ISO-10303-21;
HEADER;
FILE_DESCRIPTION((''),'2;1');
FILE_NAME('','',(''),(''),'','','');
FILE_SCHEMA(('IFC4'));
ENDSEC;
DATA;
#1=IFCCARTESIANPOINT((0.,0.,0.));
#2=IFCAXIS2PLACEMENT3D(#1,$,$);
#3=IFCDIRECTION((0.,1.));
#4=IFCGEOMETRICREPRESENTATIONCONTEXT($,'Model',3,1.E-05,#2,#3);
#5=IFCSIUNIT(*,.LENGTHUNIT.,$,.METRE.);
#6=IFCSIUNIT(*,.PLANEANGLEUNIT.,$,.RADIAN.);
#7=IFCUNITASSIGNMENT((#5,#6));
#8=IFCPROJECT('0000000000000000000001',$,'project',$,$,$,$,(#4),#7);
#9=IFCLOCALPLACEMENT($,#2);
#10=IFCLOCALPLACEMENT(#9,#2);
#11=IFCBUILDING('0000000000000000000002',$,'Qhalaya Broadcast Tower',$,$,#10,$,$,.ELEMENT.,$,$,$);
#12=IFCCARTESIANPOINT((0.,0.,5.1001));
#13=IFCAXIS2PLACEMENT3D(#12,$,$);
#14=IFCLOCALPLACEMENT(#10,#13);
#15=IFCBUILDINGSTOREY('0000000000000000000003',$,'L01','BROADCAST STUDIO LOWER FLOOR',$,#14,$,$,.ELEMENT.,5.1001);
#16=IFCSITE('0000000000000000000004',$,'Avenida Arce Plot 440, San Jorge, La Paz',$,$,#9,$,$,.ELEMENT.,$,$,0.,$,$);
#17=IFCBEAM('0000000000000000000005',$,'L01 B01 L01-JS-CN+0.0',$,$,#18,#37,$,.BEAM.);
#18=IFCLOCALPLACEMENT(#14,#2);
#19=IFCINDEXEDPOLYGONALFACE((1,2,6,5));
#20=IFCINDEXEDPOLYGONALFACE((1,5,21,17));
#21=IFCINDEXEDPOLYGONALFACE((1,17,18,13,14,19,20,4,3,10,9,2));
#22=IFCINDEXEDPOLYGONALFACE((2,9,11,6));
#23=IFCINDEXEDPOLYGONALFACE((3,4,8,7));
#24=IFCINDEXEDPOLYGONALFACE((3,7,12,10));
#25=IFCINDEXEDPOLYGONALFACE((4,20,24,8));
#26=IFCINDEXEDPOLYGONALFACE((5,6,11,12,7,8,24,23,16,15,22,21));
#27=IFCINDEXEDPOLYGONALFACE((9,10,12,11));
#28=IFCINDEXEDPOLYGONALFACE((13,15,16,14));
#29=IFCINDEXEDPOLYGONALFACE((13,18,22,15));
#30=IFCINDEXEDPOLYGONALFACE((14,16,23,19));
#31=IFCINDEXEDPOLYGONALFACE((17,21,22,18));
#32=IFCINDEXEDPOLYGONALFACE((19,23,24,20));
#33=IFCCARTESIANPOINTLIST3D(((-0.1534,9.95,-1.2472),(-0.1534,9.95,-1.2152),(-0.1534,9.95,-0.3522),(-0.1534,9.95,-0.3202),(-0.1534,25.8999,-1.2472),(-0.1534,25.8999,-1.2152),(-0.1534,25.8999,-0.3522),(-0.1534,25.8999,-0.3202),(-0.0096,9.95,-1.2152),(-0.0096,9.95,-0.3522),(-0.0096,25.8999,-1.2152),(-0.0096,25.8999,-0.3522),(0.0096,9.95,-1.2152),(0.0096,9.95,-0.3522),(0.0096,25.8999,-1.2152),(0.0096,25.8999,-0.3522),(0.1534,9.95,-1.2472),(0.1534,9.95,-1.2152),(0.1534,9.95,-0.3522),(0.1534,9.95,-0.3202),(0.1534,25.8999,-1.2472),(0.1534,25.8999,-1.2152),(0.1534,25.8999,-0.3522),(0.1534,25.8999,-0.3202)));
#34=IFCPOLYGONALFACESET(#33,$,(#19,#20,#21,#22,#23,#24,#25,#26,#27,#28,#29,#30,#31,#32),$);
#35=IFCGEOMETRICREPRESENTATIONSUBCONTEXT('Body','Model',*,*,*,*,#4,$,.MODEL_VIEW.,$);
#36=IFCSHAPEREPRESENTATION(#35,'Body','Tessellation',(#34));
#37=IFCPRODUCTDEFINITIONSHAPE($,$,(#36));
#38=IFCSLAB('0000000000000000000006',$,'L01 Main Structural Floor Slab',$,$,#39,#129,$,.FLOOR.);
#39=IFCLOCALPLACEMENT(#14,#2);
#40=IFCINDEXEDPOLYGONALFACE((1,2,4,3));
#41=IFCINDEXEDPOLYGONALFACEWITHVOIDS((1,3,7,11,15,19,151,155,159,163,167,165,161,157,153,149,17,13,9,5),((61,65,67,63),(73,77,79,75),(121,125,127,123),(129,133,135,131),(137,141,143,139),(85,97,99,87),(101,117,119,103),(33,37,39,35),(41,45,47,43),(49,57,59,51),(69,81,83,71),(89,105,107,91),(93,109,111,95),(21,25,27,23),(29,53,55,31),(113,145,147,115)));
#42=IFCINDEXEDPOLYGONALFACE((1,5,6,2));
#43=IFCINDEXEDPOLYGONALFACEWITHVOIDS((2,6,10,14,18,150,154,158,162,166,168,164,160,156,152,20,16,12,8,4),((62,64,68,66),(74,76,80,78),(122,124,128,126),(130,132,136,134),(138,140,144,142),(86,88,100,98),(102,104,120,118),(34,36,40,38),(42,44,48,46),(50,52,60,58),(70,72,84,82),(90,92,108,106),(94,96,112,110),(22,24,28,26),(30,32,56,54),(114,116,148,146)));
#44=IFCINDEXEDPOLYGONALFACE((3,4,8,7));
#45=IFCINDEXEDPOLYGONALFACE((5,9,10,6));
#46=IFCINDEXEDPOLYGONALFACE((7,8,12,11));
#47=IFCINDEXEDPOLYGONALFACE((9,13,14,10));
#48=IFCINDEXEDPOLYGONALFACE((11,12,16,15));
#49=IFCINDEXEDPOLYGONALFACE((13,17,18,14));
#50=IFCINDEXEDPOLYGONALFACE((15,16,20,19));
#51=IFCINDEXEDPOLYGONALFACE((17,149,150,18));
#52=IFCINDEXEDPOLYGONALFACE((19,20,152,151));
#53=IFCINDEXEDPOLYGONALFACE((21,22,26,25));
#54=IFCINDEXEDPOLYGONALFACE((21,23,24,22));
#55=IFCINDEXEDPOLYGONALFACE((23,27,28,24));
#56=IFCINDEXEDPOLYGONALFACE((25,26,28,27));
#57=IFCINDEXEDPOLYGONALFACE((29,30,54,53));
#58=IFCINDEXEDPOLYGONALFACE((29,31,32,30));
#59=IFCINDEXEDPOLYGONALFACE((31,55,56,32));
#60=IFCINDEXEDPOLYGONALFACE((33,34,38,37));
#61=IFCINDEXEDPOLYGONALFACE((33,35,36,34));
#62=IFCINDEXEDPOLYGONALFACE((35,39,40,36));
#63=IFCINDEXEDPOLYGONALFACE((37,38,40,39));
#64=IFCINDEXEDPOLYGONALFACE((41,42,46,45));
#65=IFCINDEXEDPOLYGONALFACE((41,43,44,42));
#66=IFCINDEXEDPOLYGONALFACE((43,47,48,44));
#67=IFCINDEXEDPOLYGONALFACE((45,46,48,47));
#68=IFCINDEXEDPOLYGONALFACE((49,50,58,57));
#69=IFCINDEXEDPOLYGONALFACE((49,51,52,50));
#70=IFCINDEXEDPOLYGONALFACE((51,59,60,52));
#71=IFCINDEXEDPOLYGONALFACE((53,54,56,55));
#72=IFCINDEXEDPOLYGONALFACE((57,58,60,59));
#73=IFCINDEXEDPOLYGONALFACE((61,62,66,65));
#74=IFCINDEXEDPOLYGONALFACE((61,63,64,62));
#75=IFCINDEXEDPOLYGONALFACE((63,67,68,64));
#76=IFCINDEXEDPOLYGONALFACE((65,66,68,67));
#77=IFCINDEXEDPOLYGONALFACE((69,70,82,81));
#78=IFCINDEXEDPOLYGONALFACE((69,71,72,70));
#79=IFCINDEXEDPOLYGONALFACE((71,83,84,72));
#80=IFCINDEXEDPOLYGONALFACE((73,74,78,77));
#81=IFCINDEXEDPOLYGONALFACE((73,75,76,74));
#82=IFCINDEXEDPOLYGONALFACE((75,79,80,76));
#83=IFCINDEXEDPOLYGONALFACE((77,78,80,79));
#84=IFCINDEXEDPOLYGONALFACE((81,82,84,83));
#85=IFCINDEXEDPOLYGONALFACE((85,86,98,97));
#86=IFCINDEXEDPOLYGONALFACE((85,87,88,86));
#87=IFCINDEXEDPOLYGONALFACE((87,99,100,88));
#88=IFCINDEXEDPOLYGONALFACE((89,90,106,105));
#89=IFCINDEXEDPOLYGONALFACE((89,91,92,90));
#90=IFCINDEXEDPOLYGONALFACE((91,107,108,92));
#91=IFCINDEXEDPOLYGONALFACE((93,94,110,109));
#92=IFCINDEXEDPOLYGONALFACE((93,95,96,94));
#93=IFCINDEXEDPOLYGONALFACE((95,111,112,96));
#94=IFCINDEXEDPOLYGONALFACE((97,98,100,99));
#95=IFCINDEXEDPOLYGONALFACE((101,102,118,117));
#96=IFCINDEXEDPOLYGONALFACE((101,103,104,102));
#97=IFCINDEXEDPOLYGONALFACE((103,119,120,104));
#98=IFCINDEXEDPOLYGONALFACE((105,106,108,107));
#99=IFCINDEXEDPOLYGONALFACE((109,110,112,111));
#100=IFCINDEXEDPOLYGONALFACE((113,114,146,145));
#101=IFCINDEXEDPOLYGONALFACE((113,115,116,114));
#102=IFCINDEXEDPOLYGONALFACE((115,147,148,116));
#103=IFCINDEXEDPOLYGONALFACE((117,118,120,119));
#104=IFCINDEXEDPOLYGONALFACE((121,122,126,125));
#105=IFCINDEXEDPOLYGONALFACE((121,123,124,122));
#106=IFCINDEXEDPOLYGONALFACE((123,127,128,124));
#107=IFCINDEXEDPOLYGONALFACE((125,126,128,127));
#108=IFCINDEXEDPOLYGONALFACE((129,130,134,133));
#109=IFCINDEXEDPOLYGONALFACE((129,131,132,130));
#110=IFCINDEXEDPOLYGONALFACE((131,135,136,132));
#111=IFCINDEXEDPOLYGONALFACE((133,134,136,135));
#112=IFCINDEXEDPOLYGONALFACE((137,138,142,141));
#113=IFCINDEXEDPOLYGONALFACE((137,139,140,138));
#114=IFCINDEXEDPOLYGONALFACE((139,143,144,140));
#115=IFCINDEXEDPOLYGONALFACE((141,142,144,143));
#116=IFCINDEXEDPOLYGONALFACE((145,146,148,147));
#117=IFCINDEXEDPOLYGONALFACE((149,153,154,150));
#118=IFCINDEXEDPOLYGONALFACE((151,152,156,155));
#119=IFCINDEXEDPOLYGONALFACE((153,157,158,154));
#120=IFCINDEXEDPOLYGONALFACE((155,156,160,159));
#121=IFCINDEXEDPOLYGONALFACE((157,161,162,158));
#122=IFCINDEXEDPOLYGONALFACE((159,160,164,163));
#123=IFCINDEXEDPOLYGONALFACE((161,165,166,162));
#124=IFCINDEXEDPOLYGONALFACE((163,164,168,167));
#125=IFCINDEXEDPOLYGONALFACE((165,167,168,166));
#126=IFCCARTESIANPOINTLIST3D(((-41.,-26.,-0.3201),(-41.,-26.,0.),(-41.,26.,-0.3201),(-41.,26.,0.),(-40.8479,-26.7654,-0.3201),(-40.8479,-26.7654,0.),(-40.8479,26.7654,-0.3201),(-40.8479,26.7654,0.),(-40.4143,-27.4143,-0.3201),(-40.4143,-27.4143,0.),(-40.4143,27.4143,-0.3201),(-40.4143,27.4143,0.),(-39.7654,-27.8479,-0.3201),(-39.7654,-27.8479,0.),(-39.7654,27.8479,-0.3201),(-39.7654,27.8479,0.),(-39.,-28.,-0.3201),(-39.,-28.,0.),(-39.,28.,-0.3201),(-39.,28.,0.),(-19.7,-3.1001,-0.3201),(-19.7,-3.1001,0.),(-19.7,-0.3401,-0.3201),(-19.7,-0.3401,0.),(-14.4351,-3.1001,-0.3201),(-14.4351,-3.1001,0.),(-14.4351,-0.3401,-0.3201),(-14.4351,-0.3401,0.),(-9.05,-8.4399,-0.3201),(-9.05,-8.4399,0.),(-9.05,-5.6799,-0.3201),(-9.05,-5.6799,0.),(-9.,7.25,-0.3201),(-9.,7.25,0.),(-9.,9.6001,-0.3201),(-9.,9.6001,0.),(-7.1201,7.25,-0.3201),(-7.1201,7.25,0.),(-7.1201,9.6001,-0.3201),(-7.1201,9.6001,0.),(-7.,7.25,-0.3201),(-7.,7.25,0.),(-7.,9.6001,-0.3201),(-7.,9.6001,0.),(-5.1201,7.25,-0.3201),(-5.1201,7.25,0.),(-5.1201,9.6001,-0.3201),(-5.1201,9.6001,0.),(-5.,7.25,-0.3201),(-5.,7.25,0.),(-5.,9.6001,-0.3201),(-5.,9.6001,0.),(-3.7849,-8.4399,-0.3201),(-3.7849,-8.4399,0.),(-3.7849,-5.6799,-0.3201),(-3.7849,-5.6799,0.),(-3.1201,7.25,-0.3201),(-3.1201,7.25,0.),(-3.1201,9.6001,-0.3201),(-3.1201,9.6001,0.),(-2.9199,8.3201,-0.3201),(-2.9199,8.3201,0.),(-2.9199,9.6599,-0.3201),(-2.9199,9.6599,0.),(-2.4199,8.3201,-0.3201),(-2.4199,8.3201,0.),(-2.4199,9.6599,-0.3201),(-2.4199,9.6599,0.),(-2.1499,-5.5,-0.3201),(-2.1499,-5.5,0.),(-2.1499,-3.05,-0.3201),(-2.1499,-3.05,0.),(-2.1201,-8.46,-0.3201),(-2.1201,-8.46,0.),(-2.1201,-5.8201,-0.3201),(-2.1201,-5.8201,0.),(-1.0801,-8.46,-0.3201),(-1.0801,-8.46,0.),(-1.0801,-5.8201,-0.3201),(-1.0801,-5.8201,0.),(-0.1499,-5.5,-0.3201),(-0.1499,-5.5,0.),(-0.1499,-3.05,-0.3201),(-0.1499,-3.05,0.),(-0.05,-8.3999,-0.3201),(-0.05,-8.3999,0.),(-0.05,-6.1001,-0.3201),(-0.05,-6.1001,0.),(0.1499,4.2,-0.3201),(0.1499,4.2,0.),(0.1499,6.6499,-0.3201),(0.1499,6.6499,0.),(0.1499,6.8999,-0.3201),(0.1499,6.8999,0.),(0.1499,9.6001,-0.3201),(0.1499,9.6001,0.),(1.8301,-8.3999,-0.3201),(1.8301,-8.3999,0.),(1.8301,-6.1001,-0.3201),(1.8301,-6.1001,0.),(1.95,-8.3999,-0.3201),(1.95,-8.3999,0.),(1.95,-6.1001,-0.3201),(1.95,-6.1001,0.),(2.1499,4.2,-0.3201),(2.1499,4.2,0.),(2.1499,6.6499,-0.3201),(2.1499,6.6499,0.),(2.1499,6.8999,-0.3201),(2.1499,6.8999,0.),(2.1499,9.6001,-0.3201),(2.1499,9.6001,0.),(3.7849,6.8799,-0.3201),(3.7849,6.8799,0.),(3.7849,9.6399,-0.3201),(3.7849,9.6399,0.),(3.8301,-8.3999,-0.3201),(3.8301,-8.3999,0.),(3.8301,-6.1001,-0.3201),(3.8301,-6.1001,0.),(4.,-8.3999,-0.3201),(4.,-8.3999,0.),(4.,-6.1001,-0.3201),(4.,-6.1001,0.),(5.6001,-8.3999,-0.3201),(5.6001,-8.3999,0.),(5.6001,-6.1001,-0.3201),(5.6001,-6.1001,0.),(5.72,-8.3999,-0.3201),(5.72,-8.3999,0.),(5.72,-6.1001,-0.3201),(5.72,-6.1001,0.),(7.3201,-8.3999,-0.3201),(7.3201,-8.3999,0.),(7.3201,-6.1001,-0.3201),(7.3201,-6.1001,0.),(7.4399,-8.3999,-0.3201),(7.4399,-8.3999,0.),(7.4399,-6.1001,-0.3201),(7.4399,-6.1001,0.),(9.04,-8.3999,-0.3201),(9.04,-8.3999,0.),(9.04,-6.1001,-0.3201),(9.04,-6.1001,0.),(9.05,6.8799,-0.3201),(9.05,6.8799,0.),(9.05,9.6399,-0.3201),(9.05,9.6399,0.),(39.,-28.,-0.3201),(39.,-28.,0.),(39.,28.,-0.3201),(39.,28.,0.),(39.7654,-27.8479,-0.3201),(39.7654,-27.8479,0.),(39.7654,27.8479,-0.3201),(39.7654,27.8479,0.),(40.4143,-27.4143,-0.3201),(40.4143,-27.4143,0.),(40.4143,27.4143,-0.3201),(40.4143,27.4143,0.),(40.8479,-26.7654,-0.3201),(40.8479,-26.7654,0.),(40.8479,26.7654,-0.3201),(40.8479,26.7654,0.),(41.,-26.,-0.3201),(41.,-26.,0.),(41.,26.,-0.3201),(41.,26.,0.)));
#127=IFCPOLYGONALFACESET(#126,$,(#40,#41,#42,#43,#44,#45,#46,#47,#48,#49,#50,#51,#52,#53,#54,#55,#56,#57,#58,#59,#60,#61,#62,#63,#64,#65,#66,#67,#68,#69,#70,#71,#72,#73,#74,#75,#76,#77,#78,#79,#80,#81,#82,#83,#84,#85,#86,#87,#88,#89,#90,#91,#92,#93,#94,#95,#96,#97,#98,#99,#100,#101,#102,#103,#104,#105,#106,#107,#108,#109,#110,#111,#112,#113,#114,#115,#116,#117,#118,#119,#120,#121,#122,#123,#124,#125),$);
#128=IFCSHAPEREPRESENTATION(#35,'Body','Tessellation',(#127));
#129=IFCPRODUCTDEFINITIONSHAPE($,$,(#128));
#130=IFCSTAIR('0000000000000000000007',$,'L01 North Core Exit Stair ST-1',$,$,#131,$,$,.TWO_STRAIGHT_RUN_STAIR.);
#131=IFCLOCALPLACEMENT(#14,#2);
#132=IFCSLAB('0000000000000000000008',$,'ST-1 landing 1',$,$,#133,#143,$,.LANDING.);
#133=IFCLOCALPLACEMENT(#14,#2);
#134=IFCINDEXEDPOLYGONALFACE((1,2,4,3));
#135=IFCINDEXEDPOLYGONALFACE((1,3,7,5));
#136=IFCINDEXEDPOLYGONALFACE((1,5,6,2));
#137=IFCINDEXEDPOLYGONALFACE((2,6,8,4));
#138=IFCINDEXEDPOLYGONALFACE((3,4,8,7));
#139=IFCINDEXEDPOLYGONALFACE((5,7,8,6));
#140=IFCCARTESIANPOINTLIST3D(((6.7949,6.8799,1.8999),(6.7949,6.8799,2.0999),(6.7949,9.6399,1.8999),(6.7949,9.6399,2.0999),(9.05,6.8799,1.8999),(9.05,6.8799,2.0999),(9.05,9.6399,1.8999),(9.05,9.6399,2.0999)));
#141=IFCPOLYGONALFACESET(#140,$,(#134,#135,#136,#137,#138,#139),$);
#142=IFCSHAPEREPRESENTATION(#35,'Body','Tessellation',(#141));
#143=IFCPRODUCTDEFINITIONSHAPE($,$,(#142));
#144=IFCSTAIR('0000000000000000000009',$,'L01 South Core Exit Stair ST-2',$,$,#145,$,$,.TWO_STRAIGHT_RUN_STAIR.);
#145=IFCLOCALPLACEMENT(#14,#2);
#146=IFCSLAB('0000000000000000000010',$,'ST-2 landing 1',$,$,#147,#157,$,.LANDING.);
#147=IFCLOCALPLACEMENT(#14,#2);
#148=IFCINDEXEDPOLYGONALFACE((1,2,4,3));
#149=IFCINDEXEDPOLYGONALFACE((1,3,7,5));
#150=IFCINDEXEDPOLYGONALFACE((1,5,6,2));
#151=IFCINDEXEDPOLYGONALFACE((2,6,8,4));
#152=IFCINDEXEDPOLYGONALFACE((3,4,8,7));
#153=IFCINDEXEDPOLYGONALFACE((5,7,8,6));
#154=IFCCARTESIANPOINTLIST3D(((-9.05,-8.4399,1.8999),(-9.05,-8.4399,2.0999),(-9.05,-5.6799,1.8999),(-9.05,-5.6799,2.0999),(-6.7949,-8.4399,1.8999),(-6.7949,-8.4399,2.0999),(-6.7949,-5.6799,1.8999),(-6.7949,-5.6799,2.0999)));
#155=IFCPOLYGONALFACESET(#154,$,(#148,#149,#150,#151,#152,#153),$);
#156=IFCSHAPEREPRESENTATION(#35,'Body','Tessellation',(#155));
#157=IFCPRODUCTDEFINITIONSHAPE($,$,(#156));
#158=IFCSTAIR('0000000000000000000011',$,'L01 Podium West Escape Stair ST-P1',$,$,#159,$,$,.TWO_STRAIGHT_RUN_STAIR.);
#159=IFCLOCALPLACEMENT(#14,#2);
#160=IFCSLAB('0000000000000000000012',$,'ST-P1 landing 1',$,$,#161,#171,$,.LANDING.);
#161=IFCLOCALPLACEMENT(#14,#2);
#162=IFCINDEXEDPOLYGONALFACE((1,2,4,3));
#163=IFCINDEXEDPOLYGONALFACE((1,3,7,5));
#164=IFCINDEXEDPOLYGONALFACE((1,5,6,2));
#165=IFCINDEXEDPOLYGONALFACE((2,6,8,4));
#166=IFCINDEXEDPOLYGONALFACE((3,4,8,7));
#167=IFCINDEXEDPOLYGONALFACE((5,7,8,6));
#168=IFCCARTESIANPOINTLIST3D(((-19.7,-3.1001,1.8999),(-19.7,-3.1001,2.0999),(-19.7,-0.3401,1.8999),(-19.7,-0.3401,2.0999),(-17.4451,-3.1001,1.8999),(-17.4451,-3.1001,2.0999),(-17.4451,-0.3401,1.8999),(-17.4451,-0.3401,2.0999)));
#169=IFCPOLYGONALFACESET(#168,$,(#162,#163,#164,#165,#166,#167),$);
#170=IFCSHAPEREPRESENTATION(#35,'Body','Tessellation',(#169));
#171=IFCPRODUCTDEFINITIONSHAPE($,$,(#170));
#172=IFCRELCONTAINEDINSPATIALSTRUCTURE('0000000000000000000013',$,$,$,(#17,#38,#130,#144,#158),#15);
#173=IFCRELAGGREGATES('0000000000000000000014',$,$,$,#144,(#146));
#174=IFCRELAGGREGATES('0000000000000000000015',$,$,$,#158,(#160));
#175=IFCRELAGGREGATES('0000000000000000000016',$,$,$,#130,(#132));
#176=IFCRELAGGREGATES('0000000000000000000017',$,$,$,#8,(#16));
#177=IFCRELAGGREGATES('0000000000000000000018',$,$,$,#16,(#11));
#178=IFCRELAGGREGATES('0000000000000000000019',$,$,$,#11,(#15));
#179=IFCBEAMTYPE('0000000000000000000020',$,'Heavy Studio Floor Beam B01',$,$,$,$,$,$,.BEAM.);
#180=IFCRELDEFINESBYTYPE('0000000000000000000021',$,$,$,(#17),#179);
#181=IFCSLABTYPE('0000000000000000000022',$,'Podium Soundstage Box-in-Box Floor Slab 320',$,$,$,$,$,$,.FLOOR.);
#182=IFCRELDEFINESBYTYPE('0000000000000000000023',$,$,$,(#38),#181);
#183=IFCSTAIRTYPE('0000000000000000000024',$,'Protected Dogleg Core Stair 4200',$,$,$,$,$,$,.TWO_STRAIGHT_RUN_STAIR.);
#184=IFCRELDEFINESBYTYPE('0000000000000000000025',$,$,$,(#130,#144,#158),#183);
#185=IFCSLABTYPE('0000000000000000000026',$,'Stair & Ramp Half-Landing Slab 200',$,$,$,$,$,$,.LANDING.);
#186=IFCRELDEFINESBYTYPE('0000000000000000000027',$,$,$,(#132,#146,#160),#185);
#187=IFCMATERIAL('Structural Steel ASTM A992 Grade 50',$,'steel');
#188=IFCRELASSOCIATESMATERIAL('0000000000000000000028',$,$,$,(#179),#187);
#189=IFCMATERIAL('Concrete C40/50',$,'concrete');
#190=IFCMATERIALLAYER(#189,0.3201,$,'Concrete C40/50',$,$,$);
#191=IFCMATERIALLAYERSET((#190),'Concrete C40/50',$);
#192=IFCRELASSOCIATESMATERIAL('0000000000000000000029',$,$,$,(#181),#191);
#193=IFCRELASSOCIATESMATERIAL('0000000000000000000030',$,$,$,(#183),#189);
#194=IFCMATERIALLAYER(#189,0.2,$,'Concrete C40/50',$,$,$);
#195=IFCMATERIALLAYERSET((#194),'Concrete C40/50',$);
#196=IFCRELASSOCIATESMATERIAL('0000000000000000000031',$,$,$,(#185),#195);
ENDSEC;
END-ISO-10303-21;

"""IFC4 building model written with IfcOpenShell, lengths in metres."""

from ifc_helpers import new_model, si_unit, direction, frame, origin, origin_2d, place, context, subcontext, project, spatial, polyline, i_section, outline, extrude, material, layer, layer_set, material_profile, profile_set, type_object, element, aggregate, save


model = new_model("IFC4")

# Units and contexts
model_context = context("Model", 3, precision=1e-05, world=origin(), true_north=direction((0.0, 1.0)))
body_context = subcontext(model_context, "Body", "Model", "MODEL_VIEW")
ifc_project = project(units=[si_unit("LENGTHUNIT", "METRE"), si_unit("PLANEANGLEUNIT", "RADIAN")], contexts=[model_context])

# Site, building, storey
site_placement = place(None, origin())
site = spatial("IfcSite", under=ifc_project, at=site_placement, Name="Avenida Arce Plot 440, San Jorge, La Paz", CompositionType="ELEMENT", RefElevation=0.0)
building_placement = place(site_placement, origin())
building = spatial("IfcBuilding", under=site, at=building_placement, Name="Qhalaya Broadcast Tower", CompositionType="ELEMENT")
storey_placement = place(building_placement, frame((0.0, 0.0, 5.1001)))
storey = spatial("IfcBuildingStorey", under=building, at=storey_placement, Name="L01", Description="BROADCAST STUDIO LOWER FLOOR", CompositionType="ELEMENT", Elevation=5.1001)

# Beam
ifc_material_1 = material(Name="Structural Steel ASTM A992 Grade 50", Category="steel")
ifc_material_profile = material_profile(ifc_material_1, i_section(OverallWidth=0.3069, OverallDepth=0.927, WebThickness=0.0193, FlangeThickness=0.032, at=origin_2d()), Name="W36X194")
ifc_profile_set = profile_set([ifc_material_profile], Name="Structural Steel ASTM A992 Grade 50")
beam_type = type_object("IfcBeamType", Name="Heavy Studio Floor Beam B01", PredefinedType="BEAM", material=ifc_profile_set)
beam_placement = place(storey_placement, frame((0.0, 9.95, -0.7837), z_axis=(0.0, 1.0, 0.0), x_axis=(-1.0, 0.0, 0.0)))
element("IfcBeam", 1, at=beam_placement, inside=storey, type_object=beam_type, Name="L01 B01 L01-JS-CN+0.0", PredefinedType="BEAM", context=body_context, shape_type="SweptSolid", body=[
    extrude(i_section(OverallWidth=0.3069, OverallDepth=0.927, WebThickness=0.0193, FlangeThickness=0.032, at=origin_2d()), origin(), (0.0, 0.0, 1.0), 15.95),
])

# Slab
ifc_material_2 = material(Name="Concrete C40/50", Category="concrete")
ifc_layer_1 = layer(ifc_material_2, 0.3201, Name="Concrete C40/50")
ifc_layer_set_1 = layer_set([ifc_layer_1], Name="Concrete C40/50")
slab_type_1 = type_object("IfcSlabType", Name="Podium Soundstage Box-in-Box Floor Slab 320", PredefinedType="FLOOR", material=ifc_layer_set_1)
slab_1_placement = place(storey_placement, frame((0.0, 0.0, -0.3201)))
element("IfcSlab", 2, at=slab_1_placement, inside=storey, type_object=slab_type_1, Name="L01 Main Structural Floor Slab", PredefinedType="FLOOR", context=body_context, shape_type="SweptSolid", body=[
    extrude(outline(polyline([(39.0, -28.0), (39.7654, -27.8479), (40.4143, -27.4143), (40.8479, -26.7654), (41.0, -26.0), (41.0, 26.0), (40.8479, 26.7654), (40.4143, 27.4143), (39.7654, 27.8479), (39.0, 28.0), (-39.0, 28.0), (-39.7654, 27.8479), (-40.4143, 27.4143), (-40.8479, 26.7654), (-41.0, 26.0), (-41.0, -26.0), (-40.8479, -26.7654), (-40.4143, -27.4143), (-39.7654, -27.8479), (-39.0, -28.0), (39.0, -28.0)]), holes=[polyline([(3.7849, 9.6399), (9.05, 9.6399), (9.05, 6.8799), (3.7849, 6.8799), (3.7849, 9.6399)]), polyline([(-3.7849, -8.4399), (-9.05, -8.4399), (-9.05, -5.6799), (-3.7849, -5.6799), (-3.7849, -8.4399)]), polyline([(-14.4351, -3.1001), (-19.7, -3.1001), (-19.7, -0.3401), (-14.4351, -0.3401), (-14.4351, -3.1001)]), polyline([(0.1499, 6.6499), (2.1499, 6.6499), (2.1499, 4.2), (0.1499, 4.2), (0.1499, 6.6499)]), polyline([(0.1499, 9.6001), (2.1499, 9.6001), (2.1499, 6.8999), (0.1499, 6.8999), (0.1499, 9.6001)]), polyline([(-2.1499, -3.05), (-0.1499, -3.05), (-0.1499, -5.5), (-2.1499, -5.5), (-2.1499, -3.05)]), polyline([(-9.0, 9.6001), (-7.1201, 9.6001), (-7.1201, 7.25), (-9.0, 7.25), (-9.0, 9.6001)]), polyline([(-7.0, 9.6001), (-5.1201, 9.6001), (-5.1201, 7.25), (-7.0, 7.25), (-7.0, 9.6001)]), polyline([(-5.0, 9.6001), (-3.1201, 9.6001), (-3.1201, 7.25), (-5.0, 7.25), (-5.0, 9.6001)]), polyline([(-0.05, -6.1001), (1.8301, -6.1001), (1.8301, -8.3999), (-0.05, -8.3999), (-0.05, -6.1001)]), polyline([(1.95, -6.1001), (3.8301, -6.1001), (3.8301, -8.3999), (1.95, -8.3999), (1.95, -6.1001)]), polyline([(4.0, -6.1001), (5.6001, -6.1001), (5.6001, -8.3999), (4.0, -8.3999), (4.0, -6.1001)]), polyline([(5.72, -6.1001), (7.3201, -6.1001), (7.3201, -8.3999), (5.72, -8.3999), (5.72, -6.1001)]), polyline([(7.4399, -6.1001), (9.04, -6.1001), (9.04, -8.3999), (7.4399, -8.3999), (7.4399, -6.1001)]), polyline([(-2.9199, 9.6599), (-2.4199, 9.6599), (-2.4199, 8.3201), (-2.9199, 8.3201), (-2.9199, 9.6599)]), polyline([(-2.1201, -5.8201), (-1.0801, -5.8201), (-1.0801, -8.46), (-2.1201, -8.46), (-2.1201, -5.8201)])]), origin(), (0.0, 0.0, 1.0), 0.3201),
])

# Stairs, slabs
stair_type = type_object("IfcStairType", Name="Protected Dogleg Core Stair 4200", PredefinedType="TWO_STRAIGHT_RUN_STAIR", material=ifc_material_2)
stair_1_placement = place(storey_placement, origin())
stair_1 = element("IfcStair", 3, at=stair_1_placement, inside=storey, type_object=stair_type, Name="L01 North Core Exit Stair ST-1", PredefinedType="TWO_STRAIGHT_RUN_STAIR")
ifc_layer_2 = layer(ifc_material_2, 0.2, Name="Concrete C40/50")
ifc_layer_set_2 = layer_set([ifc_layer_2], Name="Concrete C40/50")
slab_type_2 = type_object("IfcSlabType", Name="Stair & Ramp Half-Landing Slab 200", PredefinedType="LANDING", material=ifc_layer_set_2)
slab_2_placement = place(storey_placement, frame((0.0, 0.0, 1.8999)))
slab_2 = element("IfcSlab", 4, at=slab_2_placement, type_object=slab_type_2, Name="ST-1 landing 1", PredefinedType="LANDING", context=body_context, shape_type="SweptSolid", body=[
    extrude(outline(polyline([(6.7949, 6.8799), (9.05, 6.8799), (9.05, 9.6399), (6.7949, 9.6399), (6.7949, 6.8799)])), origin(), (0.0, 0.0, 1.0), 0.2),
])
stair_2_placement = place(storey_placement, origin())
stair_2 = element("IfcStair", 5, at=stair_2_placement, inside=storey, type_object=stair_type, Name="L01 South Core Exit Stair ST-2", PredefinedType="TWO_STRAIGHT_RUN_STAIR")
slab_3_placement = place(storey_placement, frame((0.0, 0.0, 1.8999)))
slab_3 = element("IfcSlab", 6, at=slab_3_placement, type_object=slab_type_2, Name="ST-2 landing 1", PredefinedType="LANDING", context=body_context, shape_type="SweptSolid", body=[
    extrude(outline(polyline([(-6.7949, -5.6799), (-9.05, -5.6799), (-9.05, -8.4399), (-6.7949, -8.4399), (-6.7949, -5.6799)])), origin(), (0.0, 0.0, 1.0), 0.2),
])
aggregate(stair_2, [slab_3])
stair_3_placement = place(storey_placement, origin())
stair_3 = element("IfcStair", 7, at=stair_3_placement, inside=storey, type_object=stair_type, Name="L01 Podium West Escape Stair ST-P1", PredefinedType="TWO_STRAIGHT_RUN_STAIR")
slab_4_placement = place(storey_placement, frame((0.0, 0.0, 1.8999)))
slab_4 = element("IfcSlab", 8, at=slab_4_placement, type_object=slab_type_2, Name="ST-P1 landing 1", PredefinedType="LANDING", context=body_context, shape_type="SweptSolid", body=[
    extrude(outline(polyline([(-17.4451, -0.3401), (-19.7, -0.3401), (-19.7, -3.1001), (-17.4451, -3.1001), (-17.4451, -0.3401)])), origin(), (0.0, 0.0, 1.0), 0.2),
])
aggregate(stair_3, [slab_4])

aggregate(stair_1, [slab_2])

save(model, "model.ifc")
